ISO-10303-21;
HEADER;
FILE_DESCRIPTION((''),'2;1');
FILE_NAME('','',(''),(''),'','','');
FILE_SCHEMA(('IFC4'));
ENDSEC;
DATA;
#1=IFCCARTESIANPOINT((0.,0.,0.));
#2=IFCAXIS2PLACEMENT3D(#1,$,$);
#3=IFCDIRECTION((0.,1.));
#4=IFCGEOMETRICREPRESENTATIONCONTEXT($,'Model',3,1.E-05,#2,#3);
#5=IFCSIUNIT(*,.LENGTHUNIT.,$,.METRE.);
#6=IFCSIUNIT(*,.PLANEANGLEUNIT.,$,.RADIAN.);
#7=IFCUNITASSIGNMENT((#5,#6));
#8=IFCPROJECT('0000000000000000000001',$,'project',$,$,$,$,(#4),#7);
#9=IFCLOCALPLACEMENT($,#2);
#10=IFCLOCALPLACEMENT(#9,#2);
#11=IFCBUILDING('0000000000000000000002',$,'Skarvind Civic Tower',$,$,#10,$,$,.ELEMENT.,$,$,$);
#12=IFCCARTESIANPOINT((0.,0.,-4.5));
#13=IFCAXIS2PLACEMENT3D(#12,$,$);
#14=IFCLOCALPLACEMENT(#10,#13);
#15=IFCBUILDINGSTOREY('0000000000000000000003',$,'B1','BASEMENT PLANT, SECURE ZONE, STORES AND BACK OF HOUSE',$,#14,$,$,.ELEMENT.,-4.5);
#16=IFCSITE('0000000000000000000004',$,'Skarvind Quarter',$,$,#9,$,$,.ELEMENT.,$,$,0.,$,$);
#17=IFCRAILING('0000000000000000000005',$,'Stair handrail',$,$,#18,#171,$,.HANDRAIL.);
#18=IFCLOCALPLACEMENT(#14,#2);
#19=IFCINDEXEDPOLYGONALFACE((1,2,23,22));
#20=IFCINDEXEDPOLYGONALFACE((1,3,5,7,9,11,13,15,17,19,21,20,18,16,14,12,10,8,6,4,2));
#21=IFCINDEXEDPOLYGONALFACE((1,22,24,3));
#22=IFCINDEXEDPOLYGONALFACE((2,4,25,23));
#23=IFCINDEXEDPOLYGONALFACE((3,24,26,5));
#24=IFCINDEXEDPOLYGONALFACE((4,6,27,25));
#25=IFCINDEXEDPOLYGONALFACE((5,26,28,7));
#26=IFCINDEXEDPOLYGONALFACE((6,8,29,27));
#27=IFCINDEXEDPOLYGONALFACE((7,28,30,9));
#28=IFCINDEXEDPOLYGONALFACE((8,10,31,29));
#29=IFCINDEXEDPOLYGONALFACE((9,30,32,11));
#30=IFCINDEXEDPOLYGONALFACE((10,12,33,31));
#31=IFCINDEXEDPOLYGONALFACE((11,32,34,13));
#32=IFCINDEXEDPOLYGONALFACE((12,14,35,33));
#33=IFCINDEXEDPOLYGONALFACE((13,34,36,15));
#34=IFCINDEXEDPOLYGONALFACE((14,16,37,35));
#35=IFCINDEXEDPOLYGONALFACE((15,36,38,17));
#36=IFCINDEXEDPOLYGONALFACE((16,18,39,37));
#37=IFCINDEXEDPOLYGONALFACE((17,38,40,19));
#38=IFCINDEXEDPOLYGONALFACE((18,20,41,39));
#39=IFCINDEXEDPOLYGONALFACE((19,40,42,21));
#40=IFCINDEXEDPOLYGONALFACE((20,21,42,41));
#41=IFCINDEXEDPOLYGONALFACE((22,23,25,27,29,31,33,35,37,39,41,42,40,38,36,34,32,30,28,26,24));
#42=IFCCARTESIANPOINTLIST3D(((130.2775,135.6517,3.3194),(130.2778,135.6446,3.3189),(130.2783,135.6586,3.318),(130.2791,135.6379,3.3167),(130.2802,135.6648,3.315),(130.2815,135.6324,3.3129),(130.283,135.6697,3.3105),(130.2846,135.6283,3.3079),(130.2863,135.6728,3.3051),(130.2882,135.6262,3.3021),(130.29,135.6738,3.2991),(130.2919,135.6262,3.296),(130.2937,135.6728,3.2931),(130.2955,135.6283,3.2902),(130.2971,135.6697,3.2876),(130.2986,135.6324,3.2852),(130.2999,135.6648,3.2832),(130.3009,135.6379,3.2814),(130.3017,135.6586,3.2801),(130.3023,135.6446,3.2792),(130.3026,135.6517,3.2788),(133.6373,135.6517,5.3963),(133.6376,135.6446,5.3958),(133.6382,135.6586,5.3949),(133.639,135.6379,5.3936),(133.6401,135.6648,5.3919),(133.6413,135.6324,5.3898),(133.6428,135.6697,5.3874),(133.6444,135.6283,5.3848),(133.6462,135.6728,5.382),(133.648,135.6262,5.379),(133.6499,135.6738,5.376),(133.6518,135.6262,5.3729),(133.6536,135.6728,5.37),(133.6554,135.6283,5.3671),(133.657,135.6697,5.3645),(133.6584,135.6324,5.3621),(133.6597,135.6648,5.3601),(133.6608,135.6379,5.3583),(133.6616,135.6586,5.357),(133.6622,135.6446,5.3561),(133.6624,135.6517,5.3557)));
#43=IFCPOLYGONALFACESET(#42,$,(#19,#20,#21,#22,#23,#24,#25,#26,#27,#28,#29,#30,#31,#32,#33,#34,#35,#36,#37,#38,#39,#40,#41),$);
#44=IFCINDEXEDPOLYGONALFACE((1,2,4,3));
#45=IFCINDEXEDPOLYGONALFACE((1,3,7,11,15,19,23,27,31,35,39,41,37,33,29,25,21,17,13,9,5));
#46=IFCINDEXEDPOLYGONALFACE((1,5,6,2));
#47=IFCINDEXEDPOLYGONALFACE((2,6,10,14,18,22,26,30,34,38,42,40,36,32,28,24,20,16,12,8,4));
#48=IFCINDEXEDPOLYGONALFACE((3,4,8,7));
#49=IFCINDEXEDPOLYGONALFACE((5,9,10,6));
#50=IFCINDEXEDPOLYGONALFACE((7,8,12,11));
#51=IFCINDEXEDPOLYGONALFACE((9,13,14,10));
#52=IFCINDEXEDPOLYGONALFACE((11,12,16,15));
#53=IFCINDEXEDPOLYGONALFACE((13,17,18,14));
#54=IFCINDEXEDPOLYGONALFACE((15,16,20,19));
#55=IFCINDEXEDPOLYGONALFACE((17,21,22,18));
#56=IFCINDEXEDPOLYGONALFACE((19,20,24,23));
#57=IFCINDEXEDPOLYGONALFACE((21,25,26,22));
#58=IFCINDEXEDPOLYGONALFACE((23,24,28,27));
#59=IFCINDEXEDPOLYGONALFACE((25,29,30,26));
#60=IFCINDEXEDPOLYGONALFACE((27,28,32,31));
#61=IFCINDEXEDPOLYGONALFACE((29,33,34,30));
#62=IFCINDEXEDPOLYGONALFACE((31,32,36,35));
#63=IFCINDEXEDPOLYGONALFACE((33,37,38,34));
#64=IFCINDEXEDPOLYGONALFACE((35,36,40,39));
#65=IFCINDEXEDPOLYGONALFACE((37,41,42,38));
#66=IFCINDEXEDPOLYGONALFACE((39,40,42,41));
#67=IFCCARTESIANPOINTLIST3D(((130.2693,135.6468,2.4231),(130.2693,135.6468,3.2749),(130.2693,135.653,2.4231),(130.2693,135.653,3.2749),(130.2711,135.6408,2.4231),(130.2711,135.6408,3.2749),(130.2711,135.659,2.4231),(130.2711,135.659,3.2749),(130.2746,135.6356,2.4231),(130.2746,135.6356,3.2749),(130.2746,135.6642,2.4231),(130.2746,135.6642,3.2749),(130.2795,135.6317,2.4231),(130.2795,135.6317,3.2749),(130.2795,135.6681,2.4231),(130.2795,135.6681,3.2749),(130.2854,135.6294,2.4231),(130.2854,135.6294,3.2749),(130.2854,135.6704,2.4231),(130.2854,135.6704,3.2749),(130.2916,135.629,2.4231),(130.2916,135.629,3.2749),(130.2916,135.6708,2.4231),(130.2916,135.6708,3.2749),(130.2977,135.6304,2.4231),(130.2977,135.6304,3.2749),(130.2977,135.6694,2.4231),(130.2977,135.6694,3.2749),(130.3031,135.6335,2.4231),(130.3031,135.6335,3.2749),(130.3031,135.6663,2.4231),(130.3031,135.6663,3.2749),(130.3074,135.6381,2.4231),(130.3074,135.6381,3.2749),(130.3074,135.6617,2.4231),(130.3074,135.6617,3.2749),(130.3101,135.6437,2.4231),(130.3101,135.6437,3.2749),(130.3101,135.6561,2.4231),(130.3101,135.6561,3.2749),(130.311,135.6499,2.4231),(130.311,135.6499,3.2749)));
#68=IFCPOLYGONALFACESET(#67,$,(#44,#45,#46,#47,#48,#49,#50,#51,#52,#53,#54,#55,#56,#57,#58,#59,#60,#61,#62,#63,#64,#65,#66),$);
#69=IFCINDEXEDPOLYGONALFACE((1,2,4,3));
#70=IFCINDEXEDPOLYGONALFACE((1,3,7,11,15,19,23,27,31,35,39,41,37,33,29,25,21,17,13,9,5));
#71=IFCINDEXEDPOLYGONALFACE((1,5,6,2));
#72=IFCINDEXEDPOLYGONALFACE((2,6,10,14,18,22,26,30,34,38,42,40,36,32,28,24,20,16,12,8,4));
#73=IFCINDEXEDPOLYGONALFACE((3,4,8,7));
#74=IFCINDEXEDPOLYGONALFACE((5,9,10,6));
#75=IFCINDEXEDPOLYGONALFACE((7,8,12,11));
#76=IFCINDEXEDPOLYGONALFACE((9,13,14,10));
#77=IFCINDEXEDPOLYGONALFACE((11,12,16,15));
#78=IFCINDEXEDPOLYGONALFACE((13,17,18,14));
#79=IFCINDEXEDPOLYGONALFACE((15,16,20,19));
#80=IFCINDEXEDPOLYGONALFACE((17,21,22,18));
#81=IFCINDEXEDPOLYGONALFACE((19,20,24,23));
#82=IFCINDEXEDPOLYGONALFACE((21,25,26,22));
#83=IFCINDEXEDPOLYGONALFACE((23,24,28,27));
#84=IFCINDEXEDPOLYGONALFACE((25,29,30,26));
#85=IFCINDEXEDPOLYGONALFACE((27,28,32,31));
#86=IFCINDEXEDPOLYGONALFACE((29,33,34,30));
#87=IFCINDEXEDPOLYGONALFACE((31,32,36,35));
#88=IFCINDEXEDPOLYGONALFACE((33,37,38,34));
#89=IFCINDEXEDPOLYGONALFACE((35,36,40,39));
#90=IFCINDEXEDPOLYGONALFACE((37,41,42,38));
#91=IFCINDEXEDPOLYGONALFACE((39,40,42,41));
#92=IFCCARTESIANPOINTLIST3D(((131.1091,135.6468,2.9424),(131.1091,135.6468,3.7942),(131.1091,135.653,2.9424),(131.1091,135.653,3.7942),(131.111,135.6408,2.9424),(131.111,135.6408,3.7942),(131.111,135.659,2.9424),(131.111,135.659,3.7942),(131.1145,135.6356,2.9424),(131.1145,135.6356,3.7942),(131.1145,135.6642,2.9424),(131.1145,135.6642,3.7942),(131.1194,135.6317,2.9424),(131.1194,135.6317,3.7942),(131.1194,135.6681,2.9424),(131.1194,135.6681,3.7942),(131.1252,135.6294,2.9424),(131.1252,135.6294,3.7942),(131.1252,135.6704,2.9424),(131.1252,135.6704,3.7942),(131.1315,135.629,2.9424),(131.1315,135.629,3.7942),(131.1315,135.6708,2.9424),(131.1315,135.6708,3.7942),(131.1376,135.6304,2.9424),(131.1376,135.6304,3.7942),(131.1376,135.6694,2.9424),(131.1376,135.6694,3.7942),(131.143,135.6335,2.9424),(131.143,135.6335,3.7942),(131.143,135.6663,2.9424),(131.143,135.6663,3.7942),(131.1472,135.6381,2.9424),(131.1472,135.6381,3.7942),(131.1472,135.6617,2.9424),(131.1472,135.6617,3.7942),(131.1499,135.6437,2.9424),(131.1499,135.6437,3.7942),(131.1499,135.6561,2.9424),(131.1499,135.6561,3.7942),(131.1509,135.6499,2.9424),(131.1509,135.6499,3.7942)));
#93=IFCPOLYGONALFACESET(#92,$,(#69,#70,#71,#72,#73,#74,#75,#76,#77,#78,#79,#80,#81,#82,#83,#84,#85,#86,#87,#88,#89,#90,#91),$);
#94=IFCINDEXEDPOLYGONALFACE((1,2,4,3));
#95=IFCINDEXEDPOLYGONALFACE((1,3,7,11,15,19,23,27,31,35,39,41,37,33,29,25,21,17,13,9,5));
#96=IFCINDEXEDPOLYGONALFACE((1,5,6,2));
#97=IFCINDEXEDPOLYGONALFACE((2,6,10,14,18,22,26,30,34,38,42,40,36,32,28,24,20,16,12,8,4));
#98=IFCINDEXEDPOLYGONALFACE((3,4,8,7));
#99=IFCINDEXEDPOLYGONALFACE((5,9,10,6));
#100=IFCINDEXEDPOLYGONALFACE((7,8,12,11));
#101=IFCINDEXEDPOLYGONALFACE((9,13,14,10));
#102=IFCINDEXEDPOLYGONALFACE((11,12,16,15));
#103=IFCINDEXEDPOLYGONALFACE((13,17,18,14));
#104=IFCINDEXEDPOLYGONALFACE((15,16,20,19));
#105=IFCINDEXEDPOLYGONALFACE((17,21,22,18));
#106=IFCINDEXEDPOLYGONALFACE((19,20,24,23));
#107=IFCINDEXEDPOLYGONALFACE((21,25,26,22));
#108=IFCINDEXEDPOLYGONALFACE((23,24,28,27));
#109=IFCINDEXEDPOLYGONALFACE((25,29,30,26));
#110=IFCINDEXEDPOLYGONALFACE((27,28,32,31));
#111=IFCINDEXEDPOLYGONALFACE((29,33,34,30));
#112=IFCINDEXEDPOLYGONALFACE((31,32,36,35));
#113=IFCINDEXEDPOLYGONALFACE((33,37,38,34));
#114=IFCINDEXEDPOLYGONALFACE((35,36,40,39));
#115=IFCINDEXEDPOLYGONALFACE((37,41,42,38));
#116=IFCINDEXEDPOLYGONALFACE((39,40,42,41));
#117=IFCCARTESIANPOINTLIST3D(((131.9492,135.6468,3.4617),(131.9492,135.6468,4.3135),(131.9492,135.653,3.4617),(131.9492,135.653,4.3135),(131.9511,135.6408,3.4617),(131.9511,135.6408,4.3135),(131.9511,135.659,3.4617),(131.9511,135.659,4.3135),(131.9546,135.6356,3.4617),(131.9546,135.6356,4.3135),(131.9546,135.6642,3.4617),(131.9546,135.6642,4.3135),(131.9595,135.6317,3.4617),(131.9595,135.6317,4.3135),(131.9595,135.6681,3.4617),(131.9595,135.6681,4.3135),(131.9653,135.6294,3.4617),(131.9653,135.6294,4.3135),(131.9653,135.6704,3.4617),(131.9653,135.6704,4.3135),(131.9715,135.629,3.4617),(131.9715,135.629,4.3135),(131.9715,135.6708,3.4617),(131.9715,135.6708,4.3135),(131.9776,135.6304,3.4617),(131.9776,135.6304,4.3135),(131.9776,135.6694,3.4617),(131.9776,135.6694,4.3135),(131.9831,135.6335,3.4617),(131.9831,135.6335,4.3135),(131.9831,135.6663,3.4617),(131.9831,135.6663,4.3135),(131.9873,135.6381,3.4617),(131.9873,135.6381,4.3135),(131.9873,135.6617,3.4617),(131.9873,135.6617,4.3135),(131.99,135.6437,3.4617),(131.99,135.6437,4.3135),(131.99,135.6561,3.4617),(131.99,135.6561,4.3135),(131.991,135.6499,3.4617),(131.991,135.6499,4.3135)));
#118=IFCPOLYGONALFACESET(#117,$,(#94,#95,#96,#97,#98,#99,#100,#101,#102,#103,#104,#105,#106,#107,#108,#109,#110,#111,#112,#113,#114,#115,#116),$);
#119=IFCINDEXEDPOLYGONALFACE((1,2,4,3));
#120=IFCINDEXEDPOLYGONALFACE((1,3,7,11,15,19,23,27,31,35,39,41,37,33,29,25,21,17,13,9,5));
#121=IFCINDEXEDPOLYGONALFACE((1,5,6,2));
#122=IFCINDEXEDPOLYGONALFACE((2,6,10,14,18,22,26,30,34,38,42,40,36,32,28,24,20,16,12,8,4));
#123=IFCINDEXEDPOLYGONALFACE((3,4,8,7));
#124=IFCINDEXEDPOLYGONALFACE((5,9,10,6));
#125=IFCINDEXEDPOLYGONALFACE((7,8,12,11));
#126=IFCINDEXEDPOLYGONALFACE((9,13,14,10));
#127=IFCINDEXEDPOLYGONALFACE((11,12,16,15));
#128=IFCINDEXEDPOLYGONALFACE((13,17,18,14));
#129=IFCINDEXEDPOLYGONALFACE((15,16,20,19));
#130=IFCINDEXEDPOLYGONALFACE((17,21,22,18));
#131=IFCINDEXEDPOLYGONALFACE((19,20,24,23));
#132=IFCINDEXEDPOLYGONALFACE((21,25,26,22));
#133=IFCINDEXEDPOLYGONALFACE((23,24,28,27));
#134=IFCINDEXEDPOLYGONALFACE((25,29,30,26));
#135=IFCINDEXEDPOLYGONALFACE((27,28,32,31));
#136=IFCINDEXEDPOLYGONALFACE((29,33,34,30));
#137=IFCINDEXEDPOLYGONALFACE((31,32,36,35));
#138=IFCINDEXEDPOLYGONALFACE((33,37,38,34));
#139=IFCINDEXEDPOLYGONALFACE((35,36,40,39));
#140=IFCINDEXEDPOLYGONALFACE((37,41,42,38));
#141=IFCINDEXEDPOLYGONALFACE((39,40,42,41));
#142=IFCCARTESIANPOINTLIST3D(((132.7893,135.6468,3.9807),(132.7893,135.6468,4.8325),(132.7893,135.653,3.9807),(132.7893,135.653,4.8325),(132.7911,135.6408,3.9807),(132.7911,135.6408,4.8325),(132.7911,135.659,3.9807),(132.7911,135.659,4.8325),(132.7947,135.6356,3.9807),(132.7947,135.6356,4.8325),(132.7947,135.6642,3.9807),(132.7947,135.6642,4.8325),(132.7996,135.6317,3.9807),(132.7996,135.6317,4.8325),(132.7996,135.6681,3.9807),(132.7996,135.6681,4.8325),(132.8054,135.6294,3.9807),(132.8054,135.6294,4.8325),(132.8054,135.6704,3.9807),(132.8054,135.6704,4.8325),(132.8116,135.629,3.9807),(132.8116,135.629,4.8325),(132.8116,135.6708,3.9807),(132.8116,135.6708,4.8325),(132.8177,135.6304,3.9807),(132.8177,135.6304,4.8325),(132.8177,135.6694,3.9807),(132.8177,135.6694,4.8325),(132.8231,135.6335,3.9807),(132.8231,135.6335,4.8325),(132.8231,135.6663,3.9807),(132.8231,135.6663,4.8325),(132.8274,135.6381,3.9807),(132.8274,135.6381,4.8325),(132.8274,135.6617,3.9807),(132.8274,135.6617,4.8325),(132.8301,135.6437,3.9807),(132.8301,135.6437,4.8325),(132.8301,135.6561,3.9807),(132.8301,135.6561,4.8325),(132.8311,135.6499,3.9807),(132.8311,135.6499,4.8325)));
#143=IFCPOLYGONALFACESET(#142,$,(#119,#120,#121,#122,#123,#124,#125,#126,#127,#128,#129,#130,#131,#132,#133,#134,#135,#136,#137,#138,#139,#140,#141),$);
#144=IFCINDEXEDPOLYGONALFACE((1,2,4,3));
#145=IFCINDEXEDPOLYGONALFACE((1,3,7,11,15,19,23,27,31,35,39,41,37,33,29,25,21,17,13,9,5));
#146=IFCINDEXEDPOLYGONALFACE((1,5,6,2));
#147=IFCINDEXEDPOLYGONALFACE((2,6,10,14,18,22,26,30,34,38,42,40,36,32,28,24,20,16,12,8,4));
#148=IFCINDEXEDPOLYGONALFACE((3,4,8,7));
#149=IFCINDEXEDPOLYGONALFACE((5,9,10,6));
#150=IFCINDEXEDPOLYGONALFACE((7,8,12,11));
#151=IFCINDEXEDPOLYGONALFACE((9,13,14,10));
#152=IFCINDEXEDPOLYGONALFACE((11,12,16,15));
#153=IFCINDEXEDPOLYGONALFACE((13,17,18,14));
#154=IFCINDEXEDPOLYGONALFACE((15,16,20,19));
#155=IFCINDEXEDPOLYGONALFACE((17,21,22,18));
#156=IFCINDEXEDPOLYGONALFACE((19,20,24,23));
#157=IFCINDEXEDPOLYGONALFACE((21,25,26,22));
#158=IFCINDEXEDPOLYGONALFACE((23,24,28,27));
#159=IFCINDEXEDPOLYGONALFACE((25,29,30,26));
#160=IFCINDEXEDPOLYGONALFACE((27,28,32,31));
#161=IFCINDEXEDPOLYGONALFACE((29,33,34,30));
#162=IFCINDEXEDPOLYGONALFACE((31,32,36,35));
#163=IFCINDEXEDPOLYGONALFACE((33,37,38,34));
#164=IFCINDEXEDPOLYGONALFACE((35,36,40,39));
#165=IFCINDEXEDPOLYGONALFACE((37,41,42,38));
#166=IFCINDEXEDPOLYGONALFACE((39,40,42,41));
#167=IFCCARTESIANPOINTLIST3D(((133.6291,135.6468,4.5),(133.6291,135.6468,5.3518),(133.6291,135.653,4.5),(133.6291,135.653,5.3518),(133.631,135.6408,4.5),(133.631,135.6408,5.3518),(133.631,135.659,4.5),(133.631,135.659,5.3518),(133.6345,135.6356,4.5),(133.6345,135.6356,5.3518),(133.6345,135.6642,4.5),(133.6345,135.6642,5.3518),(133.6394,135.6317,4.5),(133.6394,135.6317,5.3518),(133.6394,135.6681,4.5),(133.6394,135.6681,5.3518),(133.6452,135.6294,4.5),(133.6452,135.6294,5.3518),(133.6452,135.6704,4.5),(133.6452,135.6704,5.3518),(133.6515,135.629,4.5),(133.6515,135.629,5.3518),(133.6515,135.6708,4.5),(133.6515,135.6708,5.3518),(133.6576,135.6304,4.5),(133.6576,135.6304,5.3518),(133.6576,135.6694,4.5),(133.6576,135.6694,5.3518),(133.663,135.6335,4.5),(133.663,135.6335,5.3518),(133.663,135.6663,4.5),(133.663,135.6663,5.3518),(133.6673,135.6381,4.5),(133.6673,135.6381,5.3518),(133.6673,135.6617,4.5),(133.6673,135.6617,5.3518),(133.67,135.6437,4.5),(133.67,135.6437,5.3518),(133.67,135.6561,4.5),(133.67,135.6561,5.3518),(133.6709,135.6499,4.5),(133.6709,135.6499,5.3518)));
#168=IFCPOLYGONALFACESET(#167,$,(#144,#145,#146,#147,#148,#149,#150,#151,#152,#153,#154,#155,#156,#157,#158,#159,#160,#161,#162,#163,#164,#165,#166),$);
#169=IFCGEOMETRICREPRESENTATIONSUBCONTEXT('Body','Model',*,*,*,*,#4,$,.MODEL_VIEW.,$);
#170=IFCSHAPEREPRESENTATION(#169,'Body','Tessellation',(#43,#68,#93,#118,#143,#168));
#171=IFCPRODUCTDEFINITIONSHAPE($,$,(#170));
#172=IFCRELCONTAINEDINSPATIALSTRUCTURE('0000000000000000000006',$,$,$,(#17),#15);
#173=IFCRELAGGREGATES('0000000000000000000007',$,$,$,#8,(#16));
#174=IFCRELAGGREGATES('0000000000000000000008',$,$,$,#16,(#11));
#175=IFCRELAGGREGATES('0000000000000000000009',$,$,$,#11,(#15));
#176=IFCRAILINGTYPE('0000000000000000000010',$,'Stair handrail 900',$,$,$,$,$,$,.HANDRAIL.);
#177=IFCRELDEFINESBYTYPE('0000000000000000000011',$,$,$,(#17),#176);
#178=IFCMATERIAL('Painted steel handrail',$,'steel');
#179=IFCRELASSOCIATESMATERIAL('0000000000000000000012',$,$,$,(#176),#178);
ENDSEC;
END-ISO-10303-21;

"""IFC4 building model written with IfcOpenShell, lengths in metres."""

from ifc_helpers import new_model, si_unit, direction, frame, origin, origin_2d, place, context, subcontext, project, spatial, circle, extrude, material, type_object, element, save


model = new_model("IFC4")

# Units and contexts
model_context = context("Model", 3, precision=1e-05, world=origin(), true_north=direction((0.0, 1.0)))
body_context = subcontext(model_context, "Body", "Model", "MODEL_VIEW")
ifc_project = project(units=[si_unit("LENGTHUNIT", "METRE"), si_unit("PLANEANGLEUNIT", "RADIAN")], contexts=[model_context])

# Site, building, storey
site_placement = place(None, origin())
site = spatial("IfcSite", under=ifc_project, at=site_placement, Name="Skarvind Quarter", CompositionType="ELEMENT", RefElevation=0.0)
building_placement = place(site_placement, origin())
building = spatial("IfcBuilding", under=site, at=building_placement, Name="Skarvind Civic Tower", CompositionType="ELEMENT")
storey_placement = place(building_placement, frame((0.0, 0.0, -4.5)))
storey = spatial("IfcBuildingStorey", under=building, at=storey_placement, Name="B1", Description="BASEMENT PLANT, SECURE ZONE, STORES AND BACK OF HOUSE", CompositionType="ELEMENT", Elevation=-4.5)

# Railing
ifc_material_1 = material(Name="Painted steel handrail", Category="steel")
railing_type = type_object("IfcRailingType", Name="Stair handrail 900", PredefinedType="HANDRAIL", material=ifc_material_1)
railing_1_placement = place(storey_placement, frame((130.29, 135.6499, 2.4231)))
element("IfcRailing", 1, at=railing_1_placement, inside=storey, type_object=railing_type, Name="Stair handrail", PredefinedType="HANDRAIL", context=body_context, shape_type="SweptSolid", body=[
    extrude(circle(Radius=0.0239, at=origin_2d()), frame((0.0, 0.0, 0.876), z_axis=(0.850606, 0.0, 0.525803), x_axis=(0.0, 1.0, 0.0)), (0.0, 0.0, 1.0), 3.95),
    extrude(circle(Radius=0.021, at=origin_2d()), origin(), (0.0, 0.0, 1.0), 0.8518),
    extrude(circle(Radius=0.021, at=origin_2d()), frame((0.8398, 0.0, 0.5193)), (0.0, 0.0, 1.0), 0.8518),
    extrude(circle(Radius=0.021, at=origin_2d()), frame((1.6799, 0.0, 1.0386)), (0.0, 0.0, 1.0), 0.8518),
    extrude(circle(Radius=0.021, at=origin_2d()), frame((2.52, 0.0, 1.5576)), (0.0, 0.0, 1.0), 0.8518),
    extrude(circle(Radius=0.021, at=origin_2d()), frame((3.3599, 0.0, 2.0769)), (0.0, 0.0, 1.0), 0.8518),
])

save(model, "model.ifc")
